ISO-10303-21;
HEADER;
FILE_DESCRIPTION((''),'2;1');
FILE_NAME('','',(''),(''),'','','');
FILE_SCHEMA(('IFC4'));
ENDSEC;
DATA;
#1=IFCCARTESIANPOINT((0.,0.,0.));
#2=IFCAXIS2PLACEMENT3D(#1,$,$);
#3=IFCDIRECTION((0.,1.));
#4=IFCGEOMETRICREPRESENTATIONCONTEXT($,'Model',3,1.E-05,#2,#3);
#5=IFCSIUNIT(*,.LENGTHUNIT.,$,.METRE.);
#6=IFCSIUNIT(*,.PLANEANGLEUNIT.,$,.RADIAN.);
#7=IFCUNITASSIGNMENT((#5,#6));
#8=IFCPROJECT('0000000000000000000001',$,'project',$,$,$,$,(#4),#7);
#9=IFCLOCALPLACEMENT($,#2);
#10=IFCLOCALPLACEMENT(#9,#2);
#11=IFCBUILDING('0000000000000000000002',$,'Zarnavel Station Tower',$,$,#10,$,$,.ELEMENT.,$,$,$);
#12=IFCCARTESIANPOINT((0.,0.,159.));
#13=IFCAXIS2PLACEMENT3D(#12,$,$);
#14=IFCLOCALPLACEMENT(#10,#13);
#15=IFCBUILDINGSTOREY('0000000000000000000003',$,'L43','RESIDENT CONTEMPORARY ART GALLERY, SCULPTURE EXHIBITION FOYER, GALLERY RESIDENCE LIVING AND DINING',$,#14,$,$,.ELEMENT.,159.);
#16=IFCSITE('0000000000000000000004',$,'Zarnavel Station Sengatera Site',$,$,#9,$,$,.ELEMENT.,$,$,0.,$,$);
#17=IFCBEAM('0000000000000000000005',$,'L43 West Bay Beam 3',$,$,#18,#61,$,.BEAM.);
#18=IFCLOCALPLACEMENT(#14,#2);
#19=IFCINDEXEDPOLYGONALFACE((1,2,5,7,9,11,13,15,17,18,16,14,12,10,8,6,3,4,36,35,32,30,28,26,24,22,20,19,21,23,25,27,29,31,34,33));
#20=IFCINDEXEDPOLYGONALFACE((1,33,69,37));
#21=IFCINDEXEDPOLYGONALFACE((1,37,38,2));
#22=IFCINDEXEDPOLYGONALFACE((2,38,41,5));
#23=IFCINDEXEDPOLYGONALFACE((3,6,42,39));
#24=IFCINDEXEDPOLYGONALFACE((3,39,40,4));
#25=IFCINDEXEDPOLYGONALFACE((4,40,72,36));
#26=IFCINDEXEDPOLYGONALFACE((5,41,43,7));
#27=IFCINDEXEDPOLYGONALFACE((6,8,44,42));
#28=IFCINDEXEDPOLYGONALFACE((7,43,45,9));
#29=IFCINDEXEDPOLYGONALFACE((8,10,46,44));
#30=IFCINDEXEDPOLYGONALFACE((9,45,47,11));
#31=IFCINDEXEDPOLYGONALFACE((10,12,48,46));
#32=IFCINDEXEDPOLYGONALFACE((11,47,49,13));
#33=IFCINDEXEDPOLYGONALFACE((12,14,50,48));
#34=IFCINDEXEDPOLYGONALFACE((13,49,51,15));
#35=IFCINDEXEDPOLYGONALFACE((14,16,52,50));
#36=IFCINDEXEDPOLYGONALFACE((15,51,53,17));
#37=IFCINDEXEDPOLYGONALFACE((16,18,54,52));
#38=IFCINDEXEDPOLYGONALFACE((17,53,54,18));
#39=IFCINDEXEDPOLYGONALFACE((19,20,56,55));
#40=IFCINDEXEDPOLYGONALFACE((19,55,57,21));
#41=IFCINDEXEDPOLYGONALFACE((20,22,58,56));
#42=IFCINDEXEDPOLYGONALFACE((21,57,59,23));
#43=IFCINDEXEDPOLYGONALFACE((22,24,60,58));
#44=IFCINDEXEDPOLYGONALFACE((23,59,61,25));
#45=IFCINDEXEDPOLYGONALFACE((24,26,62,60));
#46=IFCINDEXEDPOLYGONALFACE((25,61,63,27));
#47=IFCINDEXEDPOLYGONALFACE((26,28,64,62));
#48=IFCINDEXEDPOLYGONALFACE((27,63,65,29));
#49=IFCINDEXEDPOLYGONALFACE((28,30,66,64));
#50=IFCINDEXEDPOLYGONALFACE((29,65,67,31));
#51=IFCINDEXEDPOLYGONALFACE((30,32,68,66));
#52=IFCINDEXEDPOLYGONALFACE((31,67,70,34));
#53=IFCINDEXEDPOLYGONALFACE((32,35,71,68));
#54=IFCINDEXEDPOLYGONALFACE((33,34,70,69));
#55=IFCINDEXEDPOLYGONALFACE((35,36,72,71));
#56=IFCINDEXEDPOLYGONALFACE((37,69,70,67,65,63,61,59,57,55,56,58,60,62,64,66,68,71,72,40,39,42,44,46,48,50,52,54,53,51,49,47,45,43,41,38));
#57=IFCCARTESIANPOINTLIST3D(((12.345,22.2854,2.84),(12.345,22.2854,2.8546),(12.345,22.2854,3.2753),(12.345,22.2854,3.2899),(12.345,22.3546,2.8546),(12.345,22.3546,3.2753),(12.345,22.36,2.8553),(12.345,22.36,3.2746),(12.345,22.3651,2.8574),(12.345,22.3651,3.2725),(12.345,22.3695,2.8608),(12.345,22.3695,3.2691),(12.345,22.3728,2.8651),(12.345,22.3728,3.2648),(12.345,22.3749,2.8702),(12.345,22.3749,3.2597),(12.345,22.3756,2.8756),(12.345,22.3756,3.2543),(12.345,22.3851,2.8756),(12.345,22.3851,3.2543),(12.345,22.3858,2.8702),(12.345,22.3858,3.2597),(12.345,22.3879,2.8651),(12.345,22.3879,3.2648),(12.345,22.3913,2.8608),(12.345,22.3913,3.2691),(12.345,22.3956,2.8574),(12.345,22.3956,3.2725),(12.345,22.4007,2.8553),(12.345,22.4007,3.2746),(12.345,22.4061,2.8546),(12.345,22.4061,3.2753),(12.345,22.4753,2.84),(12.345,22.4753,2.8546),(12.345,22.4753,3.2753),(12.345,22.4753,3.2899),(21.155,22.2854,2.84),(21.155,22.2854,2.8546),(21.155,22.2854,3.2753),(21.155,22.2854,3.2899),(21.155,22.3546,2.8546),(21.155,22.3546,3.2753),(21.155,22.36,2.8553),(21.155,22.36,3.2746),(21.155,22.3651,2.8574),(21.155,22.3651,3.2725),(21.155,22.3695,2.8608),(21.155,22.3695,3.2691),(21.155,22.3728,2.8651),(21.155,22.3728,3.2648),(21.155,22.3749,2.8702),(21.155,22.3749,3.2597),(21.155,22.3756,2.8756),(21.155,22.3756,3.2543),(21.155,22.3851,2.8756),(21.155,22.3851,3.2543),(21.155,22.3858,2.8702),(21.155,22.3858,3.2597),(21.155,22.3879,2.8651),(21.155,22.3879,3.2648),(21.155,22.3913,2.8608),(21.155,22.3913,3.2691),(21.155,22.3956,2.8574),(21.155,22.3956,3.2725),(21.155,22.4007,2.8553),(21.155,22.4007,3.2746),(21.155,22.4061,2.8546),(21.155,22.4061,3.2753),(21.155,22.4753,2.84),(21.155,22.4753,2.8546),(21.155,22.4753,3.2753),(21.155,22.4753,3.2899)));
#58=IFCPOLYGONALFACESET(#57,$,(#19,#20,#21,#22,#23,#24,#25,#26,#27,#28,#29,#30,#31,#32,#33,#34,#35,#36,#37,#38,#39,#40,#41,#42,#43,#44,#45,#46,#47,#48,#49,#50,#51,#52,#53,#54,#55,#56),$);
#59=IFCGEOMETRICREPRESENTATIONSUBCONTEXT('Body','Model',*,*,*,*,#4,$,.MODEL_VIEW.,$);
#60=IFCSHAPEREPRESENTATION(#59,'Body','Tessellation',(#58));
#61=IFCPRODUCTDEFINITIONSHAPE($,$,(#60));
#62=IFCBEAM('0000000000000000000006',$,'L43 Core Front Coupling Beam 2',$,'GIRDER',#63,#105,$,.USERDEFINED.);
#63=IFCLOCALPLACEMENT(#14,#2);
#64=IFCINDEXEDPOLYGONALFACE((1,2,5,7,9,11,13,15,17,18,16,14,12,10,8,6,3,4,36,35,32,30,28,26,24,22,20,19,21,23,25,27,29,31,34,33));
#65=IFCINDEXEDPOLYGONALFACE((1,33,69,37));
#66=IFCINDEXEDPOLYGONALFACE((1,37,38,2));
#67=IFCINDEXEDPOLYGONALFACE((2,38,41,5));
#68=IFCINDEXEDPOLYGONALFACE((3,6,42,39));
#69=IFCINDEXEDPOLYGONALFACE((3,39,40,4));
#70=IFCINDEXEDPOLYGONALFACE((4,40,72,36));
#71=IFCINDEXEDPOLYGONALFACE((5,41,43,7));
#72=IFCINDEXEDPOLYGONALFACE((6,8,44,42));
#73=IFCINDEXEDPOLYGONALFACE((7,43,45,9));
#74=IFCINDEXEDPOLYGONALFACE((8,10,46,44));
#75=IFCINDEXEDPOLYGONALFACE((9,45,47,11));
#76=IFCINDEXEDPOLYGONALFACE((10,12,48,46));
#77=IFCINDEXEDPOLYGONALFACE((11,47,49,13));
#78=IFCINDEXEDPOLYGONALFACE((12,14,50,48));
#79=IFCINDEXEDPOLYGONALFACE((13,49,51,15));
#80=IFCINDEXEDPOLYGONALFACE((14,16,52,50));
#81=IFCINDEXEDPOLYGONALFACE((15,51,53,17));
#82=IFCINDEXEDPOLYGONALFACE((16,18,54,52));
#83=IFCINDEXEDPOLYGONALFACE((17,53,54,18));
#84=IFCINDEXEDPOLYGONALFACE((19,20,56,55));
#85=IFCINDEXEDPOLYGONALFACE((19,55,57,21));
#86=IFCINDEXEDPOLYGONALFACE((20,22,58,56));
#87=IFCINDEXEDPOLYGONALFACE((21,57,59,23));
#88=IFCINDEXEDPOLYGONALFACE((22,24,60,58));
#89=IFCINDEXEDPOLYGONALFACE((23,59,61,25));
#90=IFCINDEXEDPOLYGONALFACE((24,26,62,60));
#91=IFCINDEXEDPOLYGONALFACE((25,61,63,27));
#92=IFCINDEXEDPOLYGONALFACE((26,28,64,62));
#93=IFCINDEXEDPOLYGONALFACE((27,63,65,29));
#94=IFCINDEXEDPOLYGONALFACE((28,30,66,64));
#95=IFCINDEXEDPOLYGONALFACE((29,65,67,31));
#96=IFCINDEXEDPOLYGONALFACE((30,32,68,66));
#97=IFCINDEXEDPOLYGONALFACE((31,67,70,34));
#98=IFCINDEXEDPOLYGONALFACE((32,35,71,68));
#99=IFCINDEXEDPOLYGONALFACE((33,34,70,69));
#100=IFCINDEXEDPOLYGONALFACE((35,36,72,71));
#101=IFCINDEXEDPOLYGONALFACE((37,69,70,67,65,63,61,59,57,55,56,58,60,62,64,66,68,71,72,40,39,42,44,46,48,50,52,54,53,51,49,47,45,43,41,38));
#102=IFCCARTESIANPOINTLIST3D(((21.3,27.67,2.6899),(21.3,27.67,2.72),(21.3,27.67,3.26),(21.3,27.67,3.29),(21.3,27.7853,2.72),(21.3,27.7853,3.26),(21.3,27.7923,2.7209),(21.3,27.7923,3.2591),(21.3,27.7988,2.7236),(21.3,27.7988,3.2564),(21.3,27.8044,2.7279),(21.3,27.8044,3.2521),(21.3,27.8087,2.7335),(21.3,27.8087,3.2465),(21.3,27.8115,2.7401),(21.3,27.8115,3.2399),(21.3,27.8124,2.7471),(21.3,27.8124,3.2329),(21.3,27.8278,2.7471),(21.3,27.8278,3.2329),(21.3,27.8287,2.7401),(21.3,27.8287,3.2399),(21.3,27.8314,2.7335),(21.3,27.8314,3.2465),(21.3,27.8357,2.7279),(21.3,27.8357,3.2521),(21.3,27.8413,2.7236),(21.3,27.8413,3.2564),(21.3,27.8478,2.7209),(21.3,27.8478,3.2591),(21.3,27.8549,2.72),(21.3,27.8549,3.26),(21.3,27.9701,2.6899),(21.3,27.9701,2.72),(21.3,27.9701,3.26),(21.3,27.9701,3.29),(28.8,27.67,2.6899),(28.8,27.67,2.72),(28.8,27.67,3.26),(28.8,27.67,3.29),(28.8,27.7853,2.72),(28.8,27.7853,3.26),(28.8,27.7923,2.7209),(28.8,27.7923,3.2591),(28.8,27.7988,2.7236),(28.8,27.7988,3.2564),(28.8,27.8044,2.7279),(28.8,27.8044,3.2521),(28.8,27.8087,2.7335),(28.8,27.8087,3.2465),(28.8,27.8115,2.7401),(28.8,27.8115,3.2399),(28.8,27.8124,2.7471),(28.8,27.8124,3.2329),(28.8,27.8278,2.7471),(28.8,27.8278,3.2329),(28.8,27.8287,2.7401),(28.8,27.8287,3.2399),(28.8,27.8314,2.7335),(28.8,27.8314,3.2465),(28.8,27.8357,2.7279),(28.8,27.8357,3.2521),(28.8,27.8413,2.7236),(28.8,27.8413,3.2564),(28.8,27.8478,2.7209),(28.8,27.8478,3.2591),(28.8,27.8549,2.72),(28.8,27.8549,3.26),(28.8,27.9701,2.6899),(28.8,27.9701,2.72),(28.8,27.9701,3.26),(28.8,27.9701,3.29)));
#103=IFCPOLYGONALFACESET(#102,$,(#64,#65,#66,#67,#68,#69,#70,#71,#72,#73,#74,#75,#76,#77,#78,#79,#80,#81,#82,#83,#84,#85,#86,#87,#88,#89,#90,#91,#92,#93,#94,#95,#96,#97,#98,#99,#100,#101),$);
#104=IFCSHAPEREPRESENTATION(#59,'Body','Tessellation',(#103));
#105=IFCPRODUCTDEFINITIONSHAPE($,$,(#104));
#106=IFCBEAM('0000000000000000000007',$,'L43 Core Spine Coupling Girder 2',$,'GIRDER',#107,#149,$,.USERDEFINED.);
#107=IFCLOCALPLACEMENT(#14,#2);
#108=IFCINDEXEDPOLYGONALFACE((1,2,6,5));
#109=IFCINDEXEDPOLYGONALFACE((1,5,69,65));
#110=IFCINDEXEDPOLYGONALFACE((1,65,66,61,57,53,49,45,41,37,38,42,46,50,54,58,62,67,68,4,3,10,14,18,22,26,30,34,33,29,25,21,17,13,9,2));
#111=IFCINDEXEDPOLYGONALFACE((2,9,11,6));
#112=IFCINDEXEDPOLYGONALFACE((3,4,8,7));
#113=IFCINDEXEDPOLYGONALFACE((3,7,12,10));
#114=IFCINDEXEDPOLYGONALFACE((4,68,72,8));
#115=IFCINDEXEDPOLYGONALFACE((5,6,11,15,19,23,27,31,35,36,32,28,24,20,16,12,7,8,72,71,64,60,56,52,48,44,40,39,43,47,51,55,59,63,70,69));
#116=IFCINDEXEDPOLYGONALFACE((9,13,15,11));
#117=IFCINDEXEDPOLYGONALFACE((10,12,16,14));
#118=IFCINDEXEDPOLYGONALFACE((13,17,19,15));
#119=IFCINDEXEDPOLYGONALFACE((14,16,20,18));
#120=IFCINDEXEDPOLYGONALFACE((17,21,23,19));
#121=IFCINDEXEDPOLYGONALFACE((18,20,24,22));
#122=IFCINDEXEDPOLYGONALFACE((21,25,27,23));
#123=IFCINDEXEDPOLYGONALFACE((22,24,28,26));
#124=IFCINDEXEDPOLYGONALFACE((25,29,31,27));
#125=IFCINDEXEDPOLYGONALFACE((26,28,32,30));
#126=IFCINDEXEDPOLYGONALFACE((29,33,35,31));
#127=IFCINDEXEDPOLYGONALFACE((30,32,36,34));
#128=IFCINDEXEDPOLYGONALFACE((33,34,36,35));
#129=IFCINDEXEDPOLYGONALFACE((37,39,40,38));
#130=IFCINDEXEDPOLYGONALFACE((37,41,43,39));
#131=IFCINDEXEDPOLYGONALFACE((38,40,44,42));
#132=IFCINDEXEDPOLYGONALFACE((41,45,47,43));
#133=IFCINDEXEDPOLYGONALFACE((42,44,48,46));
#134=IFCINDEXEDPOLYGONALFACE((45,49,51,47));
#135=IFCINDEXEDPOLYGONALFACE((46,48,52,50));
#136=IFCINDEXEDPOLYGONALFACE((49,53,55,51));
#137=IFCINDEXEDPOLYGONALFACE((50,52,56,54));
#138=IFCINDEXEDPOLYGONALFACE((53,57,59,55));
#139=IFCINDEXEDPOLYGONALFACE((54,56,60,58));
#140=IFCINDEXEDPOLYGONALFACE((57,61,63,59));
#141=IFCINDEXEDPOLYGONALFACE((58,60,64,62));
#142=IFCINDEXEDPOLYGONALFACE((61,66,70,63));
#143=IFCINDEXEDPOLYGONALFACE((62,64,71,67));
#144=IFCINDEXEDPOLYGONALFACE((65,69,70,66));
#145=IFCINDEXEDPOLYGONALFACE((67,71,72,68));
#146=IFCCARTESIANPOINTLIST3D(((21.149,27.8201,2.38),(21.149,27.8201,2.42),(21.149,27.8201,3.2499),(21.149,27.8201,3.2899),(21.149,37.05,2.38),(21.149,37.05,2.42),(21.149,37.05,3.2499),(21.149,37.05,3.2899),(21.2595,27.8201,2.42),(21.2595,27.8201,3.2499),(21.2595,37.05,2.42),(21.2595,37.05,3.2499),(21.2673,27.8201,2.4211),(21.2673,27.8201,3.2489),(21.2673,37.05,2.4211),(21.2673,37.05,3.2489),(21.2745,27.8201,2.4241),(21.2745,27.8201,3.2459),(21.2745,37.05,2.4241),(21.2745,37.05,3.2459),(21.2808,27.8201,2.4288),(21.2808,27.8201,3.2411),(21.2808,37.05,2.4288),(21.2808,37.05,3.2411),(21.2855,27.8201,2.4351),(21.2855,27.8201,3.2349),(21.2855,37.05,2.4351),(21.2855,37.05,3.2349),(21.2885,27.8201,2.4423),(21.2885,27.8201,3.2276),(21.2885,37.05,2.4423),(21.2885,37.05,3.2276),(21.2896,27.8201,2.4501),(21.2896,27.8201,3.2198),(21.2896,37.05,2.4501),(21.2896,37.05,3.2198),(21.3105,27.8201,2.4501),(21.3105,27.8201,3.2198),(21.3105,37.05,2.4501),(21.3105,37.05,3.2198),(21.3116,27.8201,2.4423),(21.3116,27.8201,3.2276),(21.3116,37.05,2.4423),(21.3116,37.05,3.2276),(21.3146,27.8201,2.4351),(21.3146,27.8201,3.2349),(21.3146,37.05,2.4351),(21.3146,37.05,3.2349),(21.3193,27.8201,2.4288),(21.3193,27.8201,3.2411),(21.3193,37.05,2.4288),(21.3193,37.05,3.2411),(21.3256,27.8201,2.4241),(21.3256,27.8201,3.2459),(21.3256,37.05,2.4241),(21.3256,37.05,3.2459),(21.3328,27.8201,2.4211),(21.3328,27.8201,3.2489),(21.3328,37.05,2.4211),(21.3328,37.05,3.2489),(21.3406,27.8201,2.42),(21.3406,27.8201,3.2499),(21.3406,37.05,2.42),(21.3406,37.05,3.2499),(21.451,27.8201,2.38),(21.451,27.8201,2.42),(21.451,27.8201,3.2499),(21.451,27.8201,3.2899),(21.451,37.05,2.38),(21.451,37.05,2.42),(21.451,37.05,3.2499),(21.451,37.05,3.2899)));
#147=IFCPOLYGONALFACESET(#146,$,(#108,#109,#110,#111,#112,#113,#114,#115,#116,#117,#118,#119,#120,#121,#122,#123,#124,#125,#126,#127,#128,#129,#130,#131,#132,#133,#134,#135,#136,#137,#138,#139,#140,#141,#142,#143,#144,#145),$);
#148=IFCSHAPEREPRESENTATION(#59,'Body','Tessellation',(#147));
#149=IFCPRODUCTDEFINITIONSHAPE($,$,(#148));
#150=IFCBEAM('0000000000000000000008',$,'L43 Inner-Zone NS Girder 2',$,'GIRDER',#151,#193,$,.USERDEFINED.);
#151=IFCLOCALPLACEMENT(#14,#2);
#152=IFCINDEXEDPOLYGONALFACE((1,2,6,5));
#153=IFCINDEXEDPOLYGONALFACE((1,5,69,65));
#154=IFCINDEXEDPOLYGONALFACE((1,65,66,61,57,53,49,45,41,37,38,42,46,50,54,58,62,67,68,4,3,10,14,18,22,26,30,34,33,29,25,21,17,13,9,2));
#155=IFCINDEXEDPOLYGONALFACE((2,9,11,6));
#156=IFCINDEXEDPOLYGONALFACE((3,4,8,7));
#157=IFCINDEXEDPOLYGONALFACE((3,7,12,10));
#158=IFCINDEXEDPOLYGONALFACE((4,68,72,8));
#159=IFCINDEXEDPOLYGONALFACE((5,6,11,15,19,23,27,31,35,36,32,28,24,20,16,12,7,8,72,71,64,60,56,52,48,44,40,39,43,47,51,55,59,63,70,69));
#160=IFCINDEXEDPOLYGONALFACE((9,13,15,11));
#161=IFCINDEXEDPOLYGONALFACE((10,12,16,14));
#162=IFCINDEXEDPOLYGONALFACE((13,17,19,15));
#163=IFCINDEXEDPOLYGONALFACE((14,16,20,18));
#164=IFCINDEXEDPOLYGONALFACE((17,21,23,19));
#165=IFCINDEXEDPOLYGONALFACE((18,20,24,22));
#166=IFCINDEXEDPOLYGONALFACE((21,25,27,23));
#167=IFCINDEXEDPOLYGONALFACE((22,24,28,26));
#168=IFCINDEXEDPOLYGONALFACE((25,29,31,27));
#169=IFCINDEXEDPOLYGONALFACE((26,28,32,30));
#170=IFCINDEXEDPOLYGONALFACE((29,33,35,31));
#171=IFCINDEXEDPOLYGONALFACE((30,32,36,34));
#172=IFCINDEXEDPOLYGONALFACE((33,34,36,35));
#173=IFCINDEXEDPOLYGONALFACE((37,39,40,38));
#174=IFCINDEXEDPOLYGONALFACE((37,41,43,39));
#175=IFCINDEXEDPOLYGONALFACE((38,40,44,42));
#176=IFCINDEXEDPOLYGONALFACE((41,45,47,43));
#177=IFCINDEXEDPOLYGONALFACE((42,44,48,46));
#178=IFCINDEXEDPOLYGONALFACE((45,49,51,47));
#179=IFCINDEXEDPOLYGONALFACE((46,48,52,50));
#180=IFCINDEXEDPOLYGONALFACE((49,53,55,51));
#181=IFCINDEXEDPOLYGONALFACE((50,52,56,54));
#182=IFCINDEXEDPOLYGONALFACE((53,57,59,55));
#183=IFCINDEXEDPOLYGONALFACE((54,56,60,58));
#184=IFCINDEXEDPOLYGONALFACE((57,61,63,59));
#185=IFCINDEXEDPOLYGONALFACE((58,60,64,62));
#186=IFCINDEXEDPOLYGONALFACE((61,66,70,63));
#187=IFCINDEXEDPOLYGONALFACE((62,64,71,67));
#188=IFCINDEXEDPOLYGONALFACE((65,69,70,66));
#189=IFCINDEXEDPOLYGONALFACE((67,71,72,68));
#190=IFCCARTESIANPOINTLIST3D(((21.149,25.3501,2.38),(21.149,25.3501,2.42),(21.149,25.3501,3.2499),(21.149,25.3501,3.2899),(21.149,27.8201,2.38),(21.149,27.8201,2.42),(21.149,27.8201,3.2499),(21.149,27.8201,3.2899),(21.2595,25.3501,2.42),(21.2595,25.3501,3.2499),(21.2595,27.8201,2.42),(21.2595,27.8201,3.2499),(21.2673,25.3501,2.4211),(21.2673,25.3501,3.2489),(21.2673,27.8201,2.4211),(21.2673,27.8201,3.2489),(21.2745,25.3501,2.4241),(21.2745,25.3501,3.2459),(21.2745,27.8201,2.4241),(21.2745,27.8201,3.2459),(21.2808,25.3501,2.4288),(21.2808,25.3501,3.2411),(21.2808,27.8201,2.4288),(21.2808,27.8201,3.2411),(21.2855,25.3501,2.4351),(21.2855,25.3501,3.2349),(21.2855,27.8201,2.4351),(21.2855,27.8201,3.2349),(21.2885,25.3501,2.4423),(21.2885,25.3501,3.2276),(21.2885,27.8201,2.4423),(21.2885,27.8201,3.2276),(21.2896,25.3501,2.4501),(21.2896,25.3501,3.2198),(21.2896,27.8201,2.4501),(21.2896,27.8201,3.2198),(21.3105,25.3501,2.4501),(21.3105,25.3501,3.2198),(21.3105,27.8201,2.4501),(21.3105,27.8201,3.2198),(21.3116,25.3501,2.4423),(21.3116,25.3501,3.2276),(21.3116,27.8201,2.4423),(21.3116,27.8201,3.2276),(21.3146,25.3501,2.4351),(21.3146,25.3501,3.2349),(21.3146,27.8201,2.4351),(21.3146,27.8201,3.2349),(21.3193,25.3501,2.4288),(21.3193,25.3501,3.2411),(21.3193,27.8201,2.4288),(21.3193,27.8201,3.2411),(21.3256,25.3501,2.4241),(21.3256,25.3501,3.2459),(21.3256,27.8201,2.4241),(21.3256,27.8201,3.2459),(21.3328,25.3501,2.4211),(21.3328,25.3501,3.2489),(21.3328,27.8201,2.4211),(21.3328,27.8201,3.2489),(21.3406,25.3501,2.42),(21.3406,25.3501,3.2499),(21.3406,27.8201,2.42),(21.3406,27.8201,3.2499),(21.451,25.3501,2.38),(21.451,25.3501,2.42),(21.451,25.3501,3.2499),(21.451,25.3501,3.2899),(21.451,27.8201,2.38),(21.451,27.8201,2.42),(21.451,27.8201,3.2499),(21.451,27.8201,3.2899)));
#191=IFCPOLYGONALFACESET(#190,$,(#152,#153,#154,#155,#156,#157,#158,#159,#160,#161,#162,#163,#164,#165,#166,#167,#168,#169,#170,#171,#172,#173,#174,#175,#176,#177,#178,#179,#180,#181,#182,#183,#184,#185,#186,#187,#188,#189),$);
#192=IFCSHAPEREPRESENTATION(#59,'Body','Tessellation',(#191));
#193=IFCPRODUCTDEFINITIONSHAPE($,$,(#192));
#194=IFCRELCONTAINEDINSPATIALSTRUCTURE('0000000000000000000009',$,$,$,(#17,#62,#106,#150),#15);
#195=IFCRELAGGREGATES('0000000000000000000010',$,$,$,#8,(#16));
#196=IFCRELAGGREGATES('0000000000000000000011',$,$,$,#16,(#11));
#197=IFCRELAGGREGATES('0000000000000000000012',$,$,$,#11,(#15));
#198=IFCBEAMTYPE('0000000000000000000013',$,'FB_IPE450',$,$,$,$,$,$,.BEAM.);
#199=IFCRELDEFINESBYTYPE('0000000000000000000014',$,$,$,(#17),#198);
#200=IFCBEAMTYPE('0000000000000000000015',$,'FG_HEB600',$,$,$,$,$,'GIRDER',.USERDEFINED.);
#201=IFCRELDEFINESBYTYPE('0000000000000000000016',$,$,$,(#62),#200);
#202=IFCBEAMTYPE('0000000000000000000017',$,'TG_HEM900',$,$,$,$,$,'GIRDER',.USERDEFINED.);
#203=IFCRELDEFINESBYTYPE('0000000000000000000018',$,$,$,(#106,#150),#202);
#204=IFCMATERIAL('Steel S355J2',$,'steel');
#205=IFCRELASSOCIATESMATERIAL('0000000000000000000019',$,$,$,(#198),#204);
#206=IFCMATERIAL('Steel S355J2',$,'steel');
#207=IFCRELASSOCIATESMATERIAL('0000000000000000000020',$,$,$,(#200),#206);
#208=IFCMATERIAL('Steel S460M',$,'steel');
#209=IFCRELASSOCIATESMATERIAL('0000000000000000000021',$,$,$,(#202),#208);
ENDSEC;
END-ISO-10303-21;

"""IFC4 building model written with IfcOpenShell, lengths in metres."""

from ifc_helpers import new_model, si_unit, direction, frame, origin, origin_2d, place, context, subcontext, project, spatial, i_section, extrude, material, material_profile, profile_set, type_object, element, save


model = new_model("IFC4")

# Units and contexts
model_context = context("Model", 3, precision=1e-05, world=origin(), true_north=direction((0.0, 1.0)))
body_context = subcontext(model_context, "Body", "Model", "MODEL_VIEW")
ifc_project = project(units=[si_unit("LENGTHUNIT", "METRE"), si_unit("PLANEANGLEUNIT", "RADIAN")], contexts=[model_context])

# Site, building, storey
site_placement = place(None, origin())
site = spatial("IfcSite", under=ifc_project, at=site_placement, Name="Zarnavel Station Sengatera Site", CompositionType="ELEMENT", RefElevation=0.0)
building_placement = place(site_placement, origin())
building = spatial("IfcBuilding", under=site, at=building_placement, Name="Zarnavel Station Tower", CompositionType="ELEMENT")
storey_placement = place(building_placement, frame((0.0, 0.0, 159.0)))
storey = spatial("IfcBuildingStorey", under=building, at=storey_placement, Name="L43", Description="RESIDENT CONTEMPORARY ART GALLERY, SCULPTURE EXHIBITION FOYER, GALLERY RESIDENCE LIVING AND DINING", CompositionType="ELEMENT", Elevation=159.0)

# Beams
ifc_material_1 = material(Name="Steel S355J2", Category="steel")
ifc_material_profile_1 = material_profile(ifc_material_1, i_section(OverallWidth=0.1899, OverallDepth=0.45, WebThickness=0.0095, FlangeThickness=0.0146, FilletRadius=0.021, at=origin_2d()), Name="IPE450")
ifc_profile_set_1 = profile_set([ifc_material_profile_1], Name="Steel S355J2")
beam_type_1 = type_object("IfcBeamType", Name="FB_IPE450", PredefinedType="BEAM", material=ifc_profile_set_1)
beam_1_placement = place(storey_placement, frame((12.345, 22.3804, 3.0649), z_axis=(1.0, 0.0, 0.0), x_axis=(0.0, 1.0, 0.0)))
element("IfcBeam", 1, at=beam_1_placement, inside=storey, type_object=beam_type_1, Name="L43 West Bay Beam 3", PredefinedType="BEAM", context=body_context, shape_type="SweptSolid", body=[
    extrude(i_section(OverallWidth=0.1899, OverallDepth=0.45, WebThickness=0.0095, FlangeThickness=0.0146, FilletRadius=0.021, at=origin_2d()), origin(), (0.0, 0.0, 1.0), 8.8101),
])
ifc_material_2 = material(Name="Steel S355J2", Category="steel")
ifc_material_profile_2 = material_profile(ifc_material_2, i_section(OverallWidth=0.3, OverallDepth=0.6001, WebThickness=0.0154, FlangeThickness=0.03, FilletRadius=0.0271, at=origin_2d()), Name="HEB600")
ifc_profile_set_2 = profile_set([ifc_material_profile_2], Name="Steel S355J2")
beam_type_2 = type_object("IfcBeamType", Name="FG_HEB600", ElementType="GIRDER", PredefinedType="USERDEFINED", material=ifc_profile_set_2)
beam_2_placement = place(storey_placement, frame((21.3, 27.8201, 2.99), z_axis=(1.0, 0.0, 0.0), x_axis=(0.0, 1.0, 0.0)))
element("IfcBeam", 2, at=beam_2_placement, inside=storey, type_object=beam_type_2, Name="L43 Core Front Coupling Beam 2", ObjectType="GIRDER", PredefinedType="USERDEFINED", context=body_context, shape_type="SweptSolid", body=[
    extrude(i_section(OverallWidth=0.3, OverallDepth=0.6001, WebThickness=0.0154, FlangeThickness=0.03, FilletRadius=0.0271, at=origin_2d()), origin(), (0.0, 0.0, 1.0), 7.5),
])
ifc_material_3 = material(Name="Steel S460M", Category="steel")
ifc_material_profile_3 = material_profile(ifc_material_3, i_section(OverallWidth=0.302, OverallDepth=0.9099, WebThickness=0.021, FlangeThickness=0.04, FilletRadius=0.03, at=origin_2d()), Name="HEM900")
ifc_profile_set_3 = profile_set([ifc_material_profile_3], Name="Steel S460M")
beam_type_3 = type_object("IfcBeamType", Name="TG_HEM900", ElementType="GIRDER", PredefinedType="USERDEFINED", material=ifc_profile_set_3)
beam_3_placement = place(storey_placement, frame((21.3, 27.8201, 2.835), z_axis=(0.0, 1.0, 0.0), x_axis=(-1.0, 0.0, 0.0)))
element("IfcBeam", 3, at=beam_3_placement, inside=storey, type_object=beam_type_3, Name="L43 Core Spine Coupling Girder 2", ObjectType="GIRDER", PredefinedType="USERDEFINED", context=body_context, shape_type="SweptSolid", body=[
    extrude(i_section(OverallWidth=0.302, OverallDepth=0.9099, WebThickness=0.021, FlangeThickness=0.04, FilletRadius=0.03, at=origin_2d()), origin(), (0.0, 0.0, 1.0), 9.23),
])
beam_4_placement = place(storey_placement, frame((21.3, 25.3501, 2.835), z_axis=(0.0, 1.0, 0.0), x_axis=(-1.0, 0.0, 0.0)))
element("IfcBeam", 4, at=beam_4_placement, inside=storey, type_object=beam_type_3, Name="L43 Inner-Zone NS Girder 2", ObjectType="GIRDER", PredefinedType="USERDEFINED", context=body_context, shape_type="SweptSolid", body=[
    extrude(i_section(OverallWidth=0.302, OverallDepth=0.9099, WebThickness=0.021, FlangeThickness=0.04, FilletRadius=0.03, at=origin_2d()), origin(), (0.0, 0.0, 1.0), 2.47),
])

save(model, "model.ifc")
